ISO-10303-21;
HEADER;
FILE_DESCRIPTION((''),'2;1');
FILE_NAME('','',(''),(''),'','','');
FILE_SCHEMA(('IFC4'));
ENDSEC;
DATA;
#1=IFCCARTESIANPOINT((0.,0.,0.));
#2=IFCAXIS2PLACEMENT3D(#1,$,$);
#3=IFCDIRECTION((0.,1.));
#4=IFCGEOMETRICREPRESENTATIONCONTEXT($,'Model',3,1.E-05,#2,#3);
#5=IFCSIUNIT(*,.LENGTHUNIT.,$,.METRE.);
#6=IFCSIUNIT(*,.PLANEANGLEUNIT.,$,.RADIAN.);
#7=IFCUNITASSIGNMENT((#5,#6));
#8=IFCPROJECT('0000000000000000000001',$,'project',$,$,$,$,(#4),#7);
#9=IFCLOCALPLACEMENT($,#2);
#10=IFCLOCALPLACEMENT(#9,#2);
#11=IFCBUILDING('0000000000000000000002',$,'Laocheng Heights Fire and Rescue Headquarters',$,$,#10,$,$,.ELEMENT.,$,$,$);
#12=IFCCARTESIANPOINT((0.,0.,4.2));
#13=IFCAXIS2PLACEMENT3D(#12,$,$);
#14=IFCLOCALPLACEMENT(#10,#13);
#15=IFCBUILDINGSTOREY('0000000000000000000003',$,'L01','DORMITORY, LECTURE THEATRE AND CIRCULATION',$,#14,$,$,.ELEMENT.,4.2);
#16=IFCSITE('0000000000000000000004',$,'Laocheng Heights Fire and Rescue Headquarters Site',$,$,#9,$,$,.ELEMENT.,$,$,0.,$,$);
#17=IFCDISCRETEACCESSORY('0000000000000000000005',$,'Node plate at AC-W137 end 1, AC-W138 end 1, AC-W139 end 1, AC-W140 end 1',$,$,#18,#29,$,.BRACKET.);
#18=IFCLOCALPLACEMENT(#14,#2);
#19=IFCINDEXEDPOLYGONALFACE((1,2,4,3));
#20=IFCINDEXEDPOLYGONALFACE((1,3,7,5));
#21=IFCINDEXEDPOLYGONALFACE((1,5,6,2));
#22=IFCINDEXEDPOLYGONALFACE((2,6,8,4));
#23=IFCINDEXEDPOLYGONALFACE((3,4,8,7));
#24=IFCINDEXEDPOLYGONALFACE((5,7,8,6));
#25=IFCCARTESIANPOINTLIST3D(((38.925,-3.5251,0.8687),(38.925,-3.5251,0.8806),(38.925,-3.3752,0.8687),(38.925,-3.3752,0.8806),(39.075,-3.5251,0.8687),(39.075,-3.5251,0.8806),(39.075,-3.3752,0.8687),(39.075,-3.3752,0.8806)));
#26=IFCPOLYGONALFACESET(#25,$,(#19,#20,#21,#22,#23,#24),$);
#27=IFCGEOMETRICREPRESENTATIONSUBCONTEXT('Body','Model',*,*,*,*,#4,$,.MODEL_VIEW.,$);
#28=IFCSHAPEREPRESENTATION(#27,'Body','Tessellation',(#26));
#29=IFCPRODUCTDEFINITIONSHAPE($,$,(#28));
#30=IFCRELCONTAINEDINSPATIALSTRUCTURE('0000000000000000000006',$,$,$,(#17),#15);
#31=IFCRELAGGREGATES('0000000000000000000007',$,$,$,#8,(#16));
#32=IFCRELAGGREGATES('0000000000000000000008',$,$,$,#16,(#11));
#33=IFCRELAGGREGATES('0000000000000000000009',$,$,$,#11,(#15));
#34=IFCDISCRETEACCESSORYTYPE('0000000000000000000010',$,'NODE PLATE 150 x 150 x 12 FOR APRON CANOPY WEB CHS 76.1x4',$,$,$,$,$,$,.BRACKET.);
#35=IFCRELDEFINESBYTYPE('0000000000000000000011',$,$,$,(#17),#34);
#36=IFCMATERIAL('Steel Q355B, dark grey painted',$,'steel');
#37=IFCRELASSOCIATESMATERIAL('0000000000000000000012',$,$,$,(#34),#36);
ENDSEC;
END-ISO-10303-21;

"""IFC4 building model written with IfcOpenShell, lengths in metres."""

from ifc_helpers import new_model, si_unit, direction, frame, origin, origin_2d, place, context, subcontext, project, spatial, rectangle, extrude, material, material_profile, profile_set, type_object, element, save


model = new_model("IFC4")

# Units and contexts
model_context = context("Model", 3, precision=1e-05, world=origin(), true_north=direction((0.0, 1.0)))
body_context = subcontext(model_context, "Body", "Model", "MODEL_VIEW")
ifc_project = project(units=[si_unit("LENGTHUNIT", "METRE"), si_unit("PLANEANGLEUNIT", "RADIAN")], contexts=[model_context])

# Site, building, storey
site_placement = place(None, origin())
site = spatial("IfcSite", under=ifc_project, at=site_placement, Name="Laocheng Heights Fire and Rescue Headquarters Site", CompositionType="ELEMENT", RefElevation=0.0)
building_placement = place(site_placement, origin())
building = spatial("IfcBuilding", under=site, at=building_placement, Name="Laocheng Heights Fire and Rescue Headquarters", CompositionType="ELEMENT")
storey_placement = place(building_placement, frame((0.0, 0.0, 4.2)))
storey = spatial("IfcBuildingStorey", under=building, at=storey_placement, Name="L01", Description="DORMITORY, LECTURE THEATRE AND CIRCULATION", CompositionType="ELEMENT", Elevation=4.2)

# Discrete accessory
ifc_material_1 = material(Name="Steel Q355B, dark grey painted", Category="steel")
ifc_material_profile_1 = material_profile(ifc_material_1, rectangle(XDim=0.1499, YDim=0.1499, at=origin_2d()), Name="NODE PLATE 150 x 150 x 12 FOR APRON CANOPY WEB CHS 76.1x4")
ifc_profile_set_1 = profile_set([ifc_material_profile_1], Name="Steel Q355B, dark grey painted")
discrete_accessory_type = type_object("IfcDiscreteAccessoryType", Name="NODE PLATE 150 x 150 x 12 FOR APRON CANOPY WEB CHS 76.1x4", PredefinedType="BRACKET", material=ifc_profile_set_1)
for number, where, z_axis, x_axis, name in (
    (1, (39.0, -3.4502, 0.8687), (0.0, 0.0, 1.0), (1.0, 0.0, 0.0), "Node plate at AC-W137 end 1, AC-W138 end 1, AC-W139 end 1, AC-W140 end 1"),
):
    element("IfcDiscreteAccessory", number, at=place(storey_placement, frame(where, z_axis=z_axis, x_axis=x_axis)), inside=storey, type_object=discrete_accessory_type, Name=name, PredefinedType="BRACKET", context=body_context, shape_type="SweptSolid", body=[
        extrude(rectangle(XDim=0.1499, YDim=0.1499, at=origin_2d()), origin(), (0.0, 0.0, 1.0), 0.012),
    ])

save(model, "model.ifc")
